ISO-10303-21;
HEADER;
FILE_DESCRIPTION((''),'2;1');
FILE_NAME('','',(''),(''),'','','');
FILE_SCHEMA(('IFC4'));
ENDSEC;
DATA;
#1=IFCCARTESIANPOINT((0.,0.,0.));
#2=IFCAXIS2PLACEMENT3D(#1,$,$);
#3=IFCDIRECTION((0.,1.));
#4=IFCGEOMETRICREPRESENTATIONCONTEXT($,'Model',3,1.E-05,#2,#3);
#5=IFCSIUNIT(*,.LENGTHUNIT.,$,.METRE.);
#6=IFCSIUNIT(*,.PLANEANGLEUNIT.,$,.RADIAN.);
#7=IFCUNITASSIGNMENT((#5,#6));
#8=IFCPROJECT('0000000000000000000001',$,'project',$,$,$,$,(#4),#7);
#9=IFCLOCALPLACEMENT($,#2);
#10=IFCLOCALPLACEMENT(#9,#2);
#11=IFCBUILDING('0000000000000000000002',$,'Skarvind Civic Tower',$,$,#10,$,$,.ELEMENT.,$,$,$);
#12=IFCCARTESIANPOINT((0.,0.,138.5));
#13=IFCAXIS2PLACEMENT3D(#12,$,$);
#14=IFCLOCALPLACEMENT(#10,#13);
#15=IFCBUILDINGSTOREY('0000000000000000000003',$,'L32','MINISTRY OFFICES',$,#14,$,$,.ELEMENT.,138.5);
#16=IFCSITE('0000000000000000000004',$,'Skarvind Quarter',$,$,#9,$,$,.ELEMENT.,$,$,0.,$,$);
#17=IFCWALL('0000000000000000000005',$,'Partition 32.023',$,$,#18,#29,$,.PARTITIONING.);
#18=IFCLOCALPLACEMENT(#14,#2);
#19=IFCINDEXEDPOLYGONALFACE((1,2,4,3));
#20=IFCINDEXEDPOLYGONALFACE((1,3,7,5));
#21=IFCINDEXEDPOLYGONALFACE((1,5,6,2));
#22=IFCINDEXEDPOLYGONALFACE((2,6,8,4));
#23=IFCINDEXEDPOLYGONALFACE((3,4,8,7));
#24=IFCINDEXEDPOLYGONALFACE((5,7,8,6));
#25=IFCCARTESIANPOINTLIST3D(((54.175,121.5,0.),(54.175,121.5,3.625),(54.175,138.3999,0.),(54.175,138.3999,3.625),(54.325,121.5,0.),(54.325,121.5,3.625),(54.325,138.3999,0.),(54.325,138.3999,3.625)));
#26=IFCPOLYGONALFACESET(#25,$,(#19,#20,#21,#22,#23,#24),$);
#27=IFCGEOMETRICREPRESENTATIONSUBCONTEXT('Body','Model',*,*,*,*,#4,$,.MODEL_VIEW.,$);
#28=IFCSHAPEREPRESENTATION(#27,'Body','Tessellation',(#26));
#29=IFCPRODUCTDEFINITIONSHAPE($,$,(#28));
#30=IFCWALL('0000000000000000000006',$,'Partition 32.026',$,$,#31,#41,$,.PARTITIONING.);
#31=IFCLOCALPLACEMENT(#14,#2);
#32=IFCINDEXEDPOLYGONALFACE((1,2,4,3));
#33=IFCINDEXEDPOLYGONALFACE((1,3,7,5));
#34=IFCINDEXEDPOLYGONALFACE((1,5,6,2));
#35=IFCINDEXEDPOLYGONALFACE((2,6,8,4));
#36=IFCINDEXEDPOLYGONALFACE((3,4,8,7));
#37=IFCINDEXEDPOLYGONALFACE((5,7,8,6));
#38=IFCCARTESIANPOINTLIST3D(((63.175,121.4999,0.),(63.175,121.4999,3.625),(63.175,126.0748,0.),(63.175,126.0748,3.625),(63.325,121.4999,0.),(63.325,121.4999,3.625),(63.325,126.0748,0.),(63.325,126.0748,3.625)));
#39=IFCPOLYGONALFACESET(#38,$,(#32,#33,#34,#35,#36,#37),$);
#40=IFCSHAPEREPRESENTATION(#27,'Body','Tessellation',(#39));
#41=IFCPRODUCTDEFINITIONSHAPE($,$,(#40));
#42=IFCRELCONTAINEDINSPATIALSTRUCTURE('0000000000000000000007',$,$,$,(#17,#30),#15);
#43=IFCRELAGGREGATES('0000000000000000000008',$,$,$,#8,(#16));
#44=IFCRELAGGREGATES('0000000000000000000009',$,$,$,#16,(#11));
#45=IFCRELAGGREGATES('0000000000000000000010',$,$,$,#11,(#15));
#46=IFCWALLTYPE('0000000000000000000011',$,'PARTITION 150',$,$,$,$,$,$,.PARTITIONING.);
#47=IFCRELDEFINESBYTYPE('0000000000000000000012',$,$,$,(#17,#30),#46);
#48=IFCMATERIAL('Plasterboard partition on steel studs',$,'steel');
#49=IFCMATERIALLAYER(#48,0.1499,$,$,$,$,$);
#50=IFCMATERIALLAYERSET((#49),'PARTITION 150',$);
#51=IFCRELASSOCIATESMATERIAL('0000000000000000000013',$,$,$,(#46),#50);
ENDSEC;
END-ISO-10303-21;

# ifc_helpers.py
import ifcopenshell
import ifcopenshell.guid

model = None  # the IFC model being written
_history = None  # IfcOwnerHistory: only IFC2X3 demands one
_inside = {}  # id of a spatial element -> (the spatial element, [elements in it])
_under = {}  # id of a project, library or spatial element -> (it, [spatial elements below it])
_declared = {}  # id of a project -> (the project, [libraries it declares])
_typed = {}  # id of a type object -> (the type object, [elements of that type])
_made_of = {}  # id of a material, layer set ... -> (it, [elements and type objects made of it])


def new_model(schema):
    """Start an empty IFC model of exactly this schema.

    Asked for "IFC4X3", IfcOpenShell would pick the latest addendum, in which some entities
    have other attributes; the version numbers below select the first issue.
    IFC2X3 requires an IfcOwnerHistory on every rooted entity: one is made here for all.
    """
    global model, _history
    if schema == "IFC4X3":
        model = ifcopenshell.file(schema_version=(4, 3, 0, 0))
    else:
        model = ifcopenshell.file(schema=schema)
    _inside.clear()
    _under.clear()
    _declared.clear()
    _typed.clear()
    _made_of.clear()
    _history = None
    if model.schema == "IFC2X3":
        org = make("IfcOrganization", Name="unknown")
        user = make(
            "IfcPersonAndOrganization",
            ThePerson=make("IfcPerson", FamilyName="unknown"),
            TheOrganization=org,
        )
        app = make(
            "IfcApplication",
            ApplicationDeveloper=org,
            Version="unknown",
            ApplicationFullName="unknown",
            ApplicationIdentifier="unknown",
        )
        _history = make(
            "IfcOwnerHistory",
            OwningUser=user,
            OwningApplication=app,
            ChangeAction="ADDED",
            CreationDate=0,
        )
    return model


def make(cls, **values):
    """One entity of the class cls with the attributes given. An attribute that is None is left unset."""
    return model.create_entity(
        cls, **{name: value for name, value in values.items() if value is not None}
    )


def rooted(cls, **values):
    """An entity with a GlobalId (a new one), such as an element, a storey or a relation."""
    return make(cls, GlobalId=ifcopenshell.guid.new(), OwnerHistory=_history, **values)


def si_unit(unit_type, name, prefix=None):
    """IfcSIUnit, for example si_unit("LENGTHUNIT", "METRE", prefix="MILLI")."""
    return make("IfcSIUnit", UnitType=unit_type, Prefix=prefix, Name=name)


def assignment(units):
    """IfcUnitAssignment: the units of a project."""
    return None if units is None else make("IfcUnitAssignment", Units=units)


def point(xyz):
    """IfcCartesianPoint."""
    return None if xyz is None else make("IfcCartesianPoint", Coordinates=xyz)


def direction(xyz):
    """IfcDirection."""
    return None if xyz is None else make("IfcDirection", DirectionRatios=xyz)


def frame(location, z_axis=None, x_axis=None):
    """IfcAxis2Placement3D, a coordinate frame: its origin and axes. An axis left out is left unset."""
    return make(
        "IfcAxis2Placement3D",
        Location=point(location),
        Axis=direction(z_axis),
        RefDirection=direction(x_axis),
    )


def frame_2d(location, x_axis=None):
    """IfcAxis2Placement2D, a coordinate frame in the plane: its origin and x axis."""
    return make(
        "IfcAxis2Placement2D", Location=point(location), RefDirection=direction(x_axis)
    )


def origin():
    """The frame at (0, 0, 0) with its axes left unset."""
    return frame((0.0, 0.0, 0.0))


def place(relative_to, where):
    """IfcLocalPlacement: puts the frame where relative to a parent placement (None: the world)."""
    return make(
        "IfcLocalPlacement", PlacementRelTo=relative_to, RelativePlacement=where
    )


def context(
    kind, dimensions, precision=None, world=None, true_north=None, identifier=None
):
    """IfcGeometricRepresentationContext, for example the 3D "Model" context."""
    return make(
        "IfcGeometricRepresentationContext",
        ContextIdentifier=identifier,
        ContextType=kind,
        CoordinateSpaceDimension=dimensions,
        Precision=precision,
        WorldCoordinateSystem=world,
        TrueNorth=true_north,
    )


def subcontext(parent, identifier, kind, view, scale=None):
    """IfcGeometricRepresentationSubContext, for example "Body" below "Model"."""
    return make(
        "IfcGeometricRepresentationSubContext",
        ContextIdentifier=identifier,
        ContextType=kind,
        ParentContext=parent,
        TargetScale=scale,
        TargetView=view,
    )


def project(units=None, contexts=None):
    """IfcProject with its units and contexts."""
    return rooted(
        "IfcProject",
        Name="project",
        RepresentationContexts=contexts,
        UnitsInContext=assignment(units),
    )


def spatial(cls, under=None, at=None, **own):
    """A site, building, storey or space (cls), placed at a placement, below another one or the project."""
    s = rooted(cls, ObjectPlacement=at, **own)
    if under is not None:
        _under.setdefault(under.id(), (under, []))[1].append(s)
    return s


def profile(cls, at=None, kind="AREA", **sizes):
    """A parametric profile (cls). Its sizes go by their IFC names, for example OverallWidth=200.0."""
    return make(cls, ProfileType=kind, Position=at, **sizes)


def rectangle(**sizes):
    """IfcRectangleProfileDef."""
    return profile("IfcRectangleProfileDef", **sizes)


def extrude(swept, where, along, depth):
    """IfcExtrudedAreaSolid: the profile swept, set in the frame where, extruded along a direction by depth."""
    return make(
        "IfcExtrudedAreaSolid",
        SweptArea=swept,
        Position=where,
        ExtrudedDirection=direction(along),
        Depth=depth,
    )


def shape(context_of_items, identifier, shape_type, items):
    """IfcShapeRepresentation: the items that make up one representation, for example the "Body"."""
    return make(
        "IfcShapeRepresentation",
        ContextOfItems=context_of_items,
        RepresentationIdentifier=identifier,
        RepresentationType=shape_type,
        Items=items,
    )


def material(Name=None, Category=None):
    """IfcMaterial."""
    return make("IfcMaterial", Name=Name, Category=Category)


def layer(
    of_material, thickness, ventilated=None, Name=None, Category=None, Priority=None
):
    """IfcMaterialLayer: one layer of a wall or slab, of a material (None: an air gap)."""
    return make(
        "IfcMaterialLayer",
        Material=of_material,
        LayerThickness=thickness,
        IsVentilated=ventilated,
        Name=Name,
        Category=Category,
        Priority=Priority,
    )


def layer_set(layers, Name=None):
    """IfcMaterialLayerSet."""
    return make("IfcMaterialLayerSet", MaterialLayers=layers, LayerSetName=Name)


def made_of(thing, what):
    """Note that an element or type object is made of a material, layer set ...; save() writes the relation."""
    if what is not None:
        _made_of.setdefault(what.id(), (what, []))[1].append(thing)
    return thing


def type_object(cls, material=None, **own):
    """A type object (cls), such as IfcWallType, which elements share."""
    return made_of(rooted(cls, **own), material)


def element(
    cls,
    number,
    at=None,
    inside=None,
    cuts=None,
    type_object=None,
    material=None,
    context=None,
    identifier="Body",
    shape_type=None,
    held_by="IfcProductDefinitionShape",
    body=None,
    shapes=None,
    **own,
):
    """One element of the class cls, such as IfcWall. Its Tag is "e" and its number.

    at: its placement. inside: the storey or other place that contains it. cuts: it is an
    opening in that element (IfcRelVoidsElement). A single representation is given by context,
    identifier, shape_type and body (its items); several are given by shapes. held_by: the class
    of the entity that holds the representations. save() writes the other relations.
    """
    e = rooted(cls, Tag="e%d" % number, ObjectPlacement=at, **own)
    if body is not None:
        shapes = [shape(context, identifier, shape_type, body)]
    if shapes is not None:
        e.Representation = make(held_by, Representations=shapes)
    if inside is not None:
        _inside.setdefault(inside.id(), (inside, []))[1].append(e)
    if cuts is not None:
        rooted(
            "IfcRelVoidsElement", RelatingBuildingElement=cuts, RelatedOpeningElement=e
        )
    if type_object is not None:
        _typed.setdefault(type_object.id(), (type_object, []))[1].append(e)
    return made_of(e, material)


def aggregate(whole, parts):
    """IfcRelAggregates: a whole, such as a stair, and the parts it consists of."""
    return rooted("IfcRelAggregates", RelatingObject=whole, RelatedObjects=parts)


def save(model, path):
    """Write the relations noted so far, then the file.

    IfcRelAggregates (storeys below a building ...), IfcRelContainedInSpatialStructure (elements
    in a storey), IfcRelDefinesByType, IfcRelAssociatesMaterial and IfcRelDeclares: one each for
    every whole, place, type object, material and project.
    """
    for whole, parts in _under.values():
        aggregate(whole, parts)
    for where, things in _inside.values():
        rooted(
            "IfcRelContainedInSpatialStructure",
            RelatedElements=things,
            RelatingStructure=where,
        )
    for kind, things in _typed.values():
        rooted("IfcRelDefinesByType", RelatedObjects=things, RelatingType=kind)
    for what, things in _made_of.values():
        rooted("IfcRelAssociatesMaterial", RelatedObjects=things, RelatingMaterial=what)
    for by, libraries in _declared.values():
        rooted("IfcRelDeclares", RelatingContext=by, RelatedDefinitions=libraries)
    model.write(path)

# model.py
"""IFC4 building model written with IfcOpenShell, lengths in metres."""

from ifc_helpers import new_model, si_unit, direction, frame, frame_2d, origin, place, context, subcontext, project, spatial, rectangle, extrude, material, layer, layer_set, type_object, element, save


model = new_model("IFC4")

# Units and contexts
model_context = context("Model", 3, precision=1e-05, world=origin(), true_north=direction((0.0, 1.0)))
body_context = subcontext(model_context, "Body", "Model", "MODEL_VIEW")
ifc_project = project(units=[si_unit("LENGTHUNIT", "METRE"), si_unit("PLANEANGLEUNIT", "RADIAN")], contexts=[model_context])

# Site, building, storey
site_placement = place(None, origin())
site = spatial("IfcSite", under=ifc_project, at=site_placement, Name="Skarvind Quarter", CompositionType="ELEMENT", RefElevation=0.0)
building_placement = place(site_placement, origin())
building = spatial("IfcBuilding", under=site, at=building_placement, Name="Skarvind Civic Tower", CompositionType="ELEMENT")
storey_placement = place(building_placement, frame((0.0, 0.0, 138.5)))
storey = spatial("IfcBuildingStorey", under=building, at=storey_placement, Name="L32", Description="MINISTRY OFFICES", CompositionType="ELEMENT", Elevation=138.5)

# Walls
ifc_material_1 = material(Name="Plasterboard partition on steel studs", Category="steel")
ifc_layer_1 = layer(ifc_material_1, 0.1499)
ifc_layer_set_1 = layer_set([ifc_layer_1], Name="PARTITION 150")
wall_type_1 = type_object("IfcWallType", Name="PARTITION 150", PredefinedType="PARTITIONING", material=ifc_layer_set_1)
wall_1_placement = place(storey_placement, frame((54.25, 121.5, 0.0), z_axis=(0.0, 0.0, 1.0), x_axis=(0.0, 1.0, 0.0)))
element("IfcWall", 1, at=wall_1_placement, inside=storey, type_object=wall_type_1, Name="Partition 32.023", PredefinedType="PARTITIONING", context=body_context, shape_type="SweptSolid", body=[
    extrude(rectangle(XDim=16.8999, YDim=0.1499, at=frame_2d((8.45, 0.0))), origin(), (0.0, 0.0, 1.0), 3.625),
])
wall_2_placement = place(storey_placement, frame((63.25, 126.075, 0.0), z_axis=(0.0, 0.0, 1.0), x_axis=(0.0, -1.0, 0.0)))
element("IfcWall", 2, at=wall_2_placement, inside=storey, type_object=wall_type_1, Name="Partition 32.026", PredefinedType="PARTITIONING", context=body_context, shape_type="SweptSolid", body=[
    extrude(rectangle(XDim=4.575, YDim=0.1499, at=frame_2d((2.2876, 0.0))), origin(), (0.0, 0.0, 1.0), 3.625),
])

save(model, "model.ifc")
